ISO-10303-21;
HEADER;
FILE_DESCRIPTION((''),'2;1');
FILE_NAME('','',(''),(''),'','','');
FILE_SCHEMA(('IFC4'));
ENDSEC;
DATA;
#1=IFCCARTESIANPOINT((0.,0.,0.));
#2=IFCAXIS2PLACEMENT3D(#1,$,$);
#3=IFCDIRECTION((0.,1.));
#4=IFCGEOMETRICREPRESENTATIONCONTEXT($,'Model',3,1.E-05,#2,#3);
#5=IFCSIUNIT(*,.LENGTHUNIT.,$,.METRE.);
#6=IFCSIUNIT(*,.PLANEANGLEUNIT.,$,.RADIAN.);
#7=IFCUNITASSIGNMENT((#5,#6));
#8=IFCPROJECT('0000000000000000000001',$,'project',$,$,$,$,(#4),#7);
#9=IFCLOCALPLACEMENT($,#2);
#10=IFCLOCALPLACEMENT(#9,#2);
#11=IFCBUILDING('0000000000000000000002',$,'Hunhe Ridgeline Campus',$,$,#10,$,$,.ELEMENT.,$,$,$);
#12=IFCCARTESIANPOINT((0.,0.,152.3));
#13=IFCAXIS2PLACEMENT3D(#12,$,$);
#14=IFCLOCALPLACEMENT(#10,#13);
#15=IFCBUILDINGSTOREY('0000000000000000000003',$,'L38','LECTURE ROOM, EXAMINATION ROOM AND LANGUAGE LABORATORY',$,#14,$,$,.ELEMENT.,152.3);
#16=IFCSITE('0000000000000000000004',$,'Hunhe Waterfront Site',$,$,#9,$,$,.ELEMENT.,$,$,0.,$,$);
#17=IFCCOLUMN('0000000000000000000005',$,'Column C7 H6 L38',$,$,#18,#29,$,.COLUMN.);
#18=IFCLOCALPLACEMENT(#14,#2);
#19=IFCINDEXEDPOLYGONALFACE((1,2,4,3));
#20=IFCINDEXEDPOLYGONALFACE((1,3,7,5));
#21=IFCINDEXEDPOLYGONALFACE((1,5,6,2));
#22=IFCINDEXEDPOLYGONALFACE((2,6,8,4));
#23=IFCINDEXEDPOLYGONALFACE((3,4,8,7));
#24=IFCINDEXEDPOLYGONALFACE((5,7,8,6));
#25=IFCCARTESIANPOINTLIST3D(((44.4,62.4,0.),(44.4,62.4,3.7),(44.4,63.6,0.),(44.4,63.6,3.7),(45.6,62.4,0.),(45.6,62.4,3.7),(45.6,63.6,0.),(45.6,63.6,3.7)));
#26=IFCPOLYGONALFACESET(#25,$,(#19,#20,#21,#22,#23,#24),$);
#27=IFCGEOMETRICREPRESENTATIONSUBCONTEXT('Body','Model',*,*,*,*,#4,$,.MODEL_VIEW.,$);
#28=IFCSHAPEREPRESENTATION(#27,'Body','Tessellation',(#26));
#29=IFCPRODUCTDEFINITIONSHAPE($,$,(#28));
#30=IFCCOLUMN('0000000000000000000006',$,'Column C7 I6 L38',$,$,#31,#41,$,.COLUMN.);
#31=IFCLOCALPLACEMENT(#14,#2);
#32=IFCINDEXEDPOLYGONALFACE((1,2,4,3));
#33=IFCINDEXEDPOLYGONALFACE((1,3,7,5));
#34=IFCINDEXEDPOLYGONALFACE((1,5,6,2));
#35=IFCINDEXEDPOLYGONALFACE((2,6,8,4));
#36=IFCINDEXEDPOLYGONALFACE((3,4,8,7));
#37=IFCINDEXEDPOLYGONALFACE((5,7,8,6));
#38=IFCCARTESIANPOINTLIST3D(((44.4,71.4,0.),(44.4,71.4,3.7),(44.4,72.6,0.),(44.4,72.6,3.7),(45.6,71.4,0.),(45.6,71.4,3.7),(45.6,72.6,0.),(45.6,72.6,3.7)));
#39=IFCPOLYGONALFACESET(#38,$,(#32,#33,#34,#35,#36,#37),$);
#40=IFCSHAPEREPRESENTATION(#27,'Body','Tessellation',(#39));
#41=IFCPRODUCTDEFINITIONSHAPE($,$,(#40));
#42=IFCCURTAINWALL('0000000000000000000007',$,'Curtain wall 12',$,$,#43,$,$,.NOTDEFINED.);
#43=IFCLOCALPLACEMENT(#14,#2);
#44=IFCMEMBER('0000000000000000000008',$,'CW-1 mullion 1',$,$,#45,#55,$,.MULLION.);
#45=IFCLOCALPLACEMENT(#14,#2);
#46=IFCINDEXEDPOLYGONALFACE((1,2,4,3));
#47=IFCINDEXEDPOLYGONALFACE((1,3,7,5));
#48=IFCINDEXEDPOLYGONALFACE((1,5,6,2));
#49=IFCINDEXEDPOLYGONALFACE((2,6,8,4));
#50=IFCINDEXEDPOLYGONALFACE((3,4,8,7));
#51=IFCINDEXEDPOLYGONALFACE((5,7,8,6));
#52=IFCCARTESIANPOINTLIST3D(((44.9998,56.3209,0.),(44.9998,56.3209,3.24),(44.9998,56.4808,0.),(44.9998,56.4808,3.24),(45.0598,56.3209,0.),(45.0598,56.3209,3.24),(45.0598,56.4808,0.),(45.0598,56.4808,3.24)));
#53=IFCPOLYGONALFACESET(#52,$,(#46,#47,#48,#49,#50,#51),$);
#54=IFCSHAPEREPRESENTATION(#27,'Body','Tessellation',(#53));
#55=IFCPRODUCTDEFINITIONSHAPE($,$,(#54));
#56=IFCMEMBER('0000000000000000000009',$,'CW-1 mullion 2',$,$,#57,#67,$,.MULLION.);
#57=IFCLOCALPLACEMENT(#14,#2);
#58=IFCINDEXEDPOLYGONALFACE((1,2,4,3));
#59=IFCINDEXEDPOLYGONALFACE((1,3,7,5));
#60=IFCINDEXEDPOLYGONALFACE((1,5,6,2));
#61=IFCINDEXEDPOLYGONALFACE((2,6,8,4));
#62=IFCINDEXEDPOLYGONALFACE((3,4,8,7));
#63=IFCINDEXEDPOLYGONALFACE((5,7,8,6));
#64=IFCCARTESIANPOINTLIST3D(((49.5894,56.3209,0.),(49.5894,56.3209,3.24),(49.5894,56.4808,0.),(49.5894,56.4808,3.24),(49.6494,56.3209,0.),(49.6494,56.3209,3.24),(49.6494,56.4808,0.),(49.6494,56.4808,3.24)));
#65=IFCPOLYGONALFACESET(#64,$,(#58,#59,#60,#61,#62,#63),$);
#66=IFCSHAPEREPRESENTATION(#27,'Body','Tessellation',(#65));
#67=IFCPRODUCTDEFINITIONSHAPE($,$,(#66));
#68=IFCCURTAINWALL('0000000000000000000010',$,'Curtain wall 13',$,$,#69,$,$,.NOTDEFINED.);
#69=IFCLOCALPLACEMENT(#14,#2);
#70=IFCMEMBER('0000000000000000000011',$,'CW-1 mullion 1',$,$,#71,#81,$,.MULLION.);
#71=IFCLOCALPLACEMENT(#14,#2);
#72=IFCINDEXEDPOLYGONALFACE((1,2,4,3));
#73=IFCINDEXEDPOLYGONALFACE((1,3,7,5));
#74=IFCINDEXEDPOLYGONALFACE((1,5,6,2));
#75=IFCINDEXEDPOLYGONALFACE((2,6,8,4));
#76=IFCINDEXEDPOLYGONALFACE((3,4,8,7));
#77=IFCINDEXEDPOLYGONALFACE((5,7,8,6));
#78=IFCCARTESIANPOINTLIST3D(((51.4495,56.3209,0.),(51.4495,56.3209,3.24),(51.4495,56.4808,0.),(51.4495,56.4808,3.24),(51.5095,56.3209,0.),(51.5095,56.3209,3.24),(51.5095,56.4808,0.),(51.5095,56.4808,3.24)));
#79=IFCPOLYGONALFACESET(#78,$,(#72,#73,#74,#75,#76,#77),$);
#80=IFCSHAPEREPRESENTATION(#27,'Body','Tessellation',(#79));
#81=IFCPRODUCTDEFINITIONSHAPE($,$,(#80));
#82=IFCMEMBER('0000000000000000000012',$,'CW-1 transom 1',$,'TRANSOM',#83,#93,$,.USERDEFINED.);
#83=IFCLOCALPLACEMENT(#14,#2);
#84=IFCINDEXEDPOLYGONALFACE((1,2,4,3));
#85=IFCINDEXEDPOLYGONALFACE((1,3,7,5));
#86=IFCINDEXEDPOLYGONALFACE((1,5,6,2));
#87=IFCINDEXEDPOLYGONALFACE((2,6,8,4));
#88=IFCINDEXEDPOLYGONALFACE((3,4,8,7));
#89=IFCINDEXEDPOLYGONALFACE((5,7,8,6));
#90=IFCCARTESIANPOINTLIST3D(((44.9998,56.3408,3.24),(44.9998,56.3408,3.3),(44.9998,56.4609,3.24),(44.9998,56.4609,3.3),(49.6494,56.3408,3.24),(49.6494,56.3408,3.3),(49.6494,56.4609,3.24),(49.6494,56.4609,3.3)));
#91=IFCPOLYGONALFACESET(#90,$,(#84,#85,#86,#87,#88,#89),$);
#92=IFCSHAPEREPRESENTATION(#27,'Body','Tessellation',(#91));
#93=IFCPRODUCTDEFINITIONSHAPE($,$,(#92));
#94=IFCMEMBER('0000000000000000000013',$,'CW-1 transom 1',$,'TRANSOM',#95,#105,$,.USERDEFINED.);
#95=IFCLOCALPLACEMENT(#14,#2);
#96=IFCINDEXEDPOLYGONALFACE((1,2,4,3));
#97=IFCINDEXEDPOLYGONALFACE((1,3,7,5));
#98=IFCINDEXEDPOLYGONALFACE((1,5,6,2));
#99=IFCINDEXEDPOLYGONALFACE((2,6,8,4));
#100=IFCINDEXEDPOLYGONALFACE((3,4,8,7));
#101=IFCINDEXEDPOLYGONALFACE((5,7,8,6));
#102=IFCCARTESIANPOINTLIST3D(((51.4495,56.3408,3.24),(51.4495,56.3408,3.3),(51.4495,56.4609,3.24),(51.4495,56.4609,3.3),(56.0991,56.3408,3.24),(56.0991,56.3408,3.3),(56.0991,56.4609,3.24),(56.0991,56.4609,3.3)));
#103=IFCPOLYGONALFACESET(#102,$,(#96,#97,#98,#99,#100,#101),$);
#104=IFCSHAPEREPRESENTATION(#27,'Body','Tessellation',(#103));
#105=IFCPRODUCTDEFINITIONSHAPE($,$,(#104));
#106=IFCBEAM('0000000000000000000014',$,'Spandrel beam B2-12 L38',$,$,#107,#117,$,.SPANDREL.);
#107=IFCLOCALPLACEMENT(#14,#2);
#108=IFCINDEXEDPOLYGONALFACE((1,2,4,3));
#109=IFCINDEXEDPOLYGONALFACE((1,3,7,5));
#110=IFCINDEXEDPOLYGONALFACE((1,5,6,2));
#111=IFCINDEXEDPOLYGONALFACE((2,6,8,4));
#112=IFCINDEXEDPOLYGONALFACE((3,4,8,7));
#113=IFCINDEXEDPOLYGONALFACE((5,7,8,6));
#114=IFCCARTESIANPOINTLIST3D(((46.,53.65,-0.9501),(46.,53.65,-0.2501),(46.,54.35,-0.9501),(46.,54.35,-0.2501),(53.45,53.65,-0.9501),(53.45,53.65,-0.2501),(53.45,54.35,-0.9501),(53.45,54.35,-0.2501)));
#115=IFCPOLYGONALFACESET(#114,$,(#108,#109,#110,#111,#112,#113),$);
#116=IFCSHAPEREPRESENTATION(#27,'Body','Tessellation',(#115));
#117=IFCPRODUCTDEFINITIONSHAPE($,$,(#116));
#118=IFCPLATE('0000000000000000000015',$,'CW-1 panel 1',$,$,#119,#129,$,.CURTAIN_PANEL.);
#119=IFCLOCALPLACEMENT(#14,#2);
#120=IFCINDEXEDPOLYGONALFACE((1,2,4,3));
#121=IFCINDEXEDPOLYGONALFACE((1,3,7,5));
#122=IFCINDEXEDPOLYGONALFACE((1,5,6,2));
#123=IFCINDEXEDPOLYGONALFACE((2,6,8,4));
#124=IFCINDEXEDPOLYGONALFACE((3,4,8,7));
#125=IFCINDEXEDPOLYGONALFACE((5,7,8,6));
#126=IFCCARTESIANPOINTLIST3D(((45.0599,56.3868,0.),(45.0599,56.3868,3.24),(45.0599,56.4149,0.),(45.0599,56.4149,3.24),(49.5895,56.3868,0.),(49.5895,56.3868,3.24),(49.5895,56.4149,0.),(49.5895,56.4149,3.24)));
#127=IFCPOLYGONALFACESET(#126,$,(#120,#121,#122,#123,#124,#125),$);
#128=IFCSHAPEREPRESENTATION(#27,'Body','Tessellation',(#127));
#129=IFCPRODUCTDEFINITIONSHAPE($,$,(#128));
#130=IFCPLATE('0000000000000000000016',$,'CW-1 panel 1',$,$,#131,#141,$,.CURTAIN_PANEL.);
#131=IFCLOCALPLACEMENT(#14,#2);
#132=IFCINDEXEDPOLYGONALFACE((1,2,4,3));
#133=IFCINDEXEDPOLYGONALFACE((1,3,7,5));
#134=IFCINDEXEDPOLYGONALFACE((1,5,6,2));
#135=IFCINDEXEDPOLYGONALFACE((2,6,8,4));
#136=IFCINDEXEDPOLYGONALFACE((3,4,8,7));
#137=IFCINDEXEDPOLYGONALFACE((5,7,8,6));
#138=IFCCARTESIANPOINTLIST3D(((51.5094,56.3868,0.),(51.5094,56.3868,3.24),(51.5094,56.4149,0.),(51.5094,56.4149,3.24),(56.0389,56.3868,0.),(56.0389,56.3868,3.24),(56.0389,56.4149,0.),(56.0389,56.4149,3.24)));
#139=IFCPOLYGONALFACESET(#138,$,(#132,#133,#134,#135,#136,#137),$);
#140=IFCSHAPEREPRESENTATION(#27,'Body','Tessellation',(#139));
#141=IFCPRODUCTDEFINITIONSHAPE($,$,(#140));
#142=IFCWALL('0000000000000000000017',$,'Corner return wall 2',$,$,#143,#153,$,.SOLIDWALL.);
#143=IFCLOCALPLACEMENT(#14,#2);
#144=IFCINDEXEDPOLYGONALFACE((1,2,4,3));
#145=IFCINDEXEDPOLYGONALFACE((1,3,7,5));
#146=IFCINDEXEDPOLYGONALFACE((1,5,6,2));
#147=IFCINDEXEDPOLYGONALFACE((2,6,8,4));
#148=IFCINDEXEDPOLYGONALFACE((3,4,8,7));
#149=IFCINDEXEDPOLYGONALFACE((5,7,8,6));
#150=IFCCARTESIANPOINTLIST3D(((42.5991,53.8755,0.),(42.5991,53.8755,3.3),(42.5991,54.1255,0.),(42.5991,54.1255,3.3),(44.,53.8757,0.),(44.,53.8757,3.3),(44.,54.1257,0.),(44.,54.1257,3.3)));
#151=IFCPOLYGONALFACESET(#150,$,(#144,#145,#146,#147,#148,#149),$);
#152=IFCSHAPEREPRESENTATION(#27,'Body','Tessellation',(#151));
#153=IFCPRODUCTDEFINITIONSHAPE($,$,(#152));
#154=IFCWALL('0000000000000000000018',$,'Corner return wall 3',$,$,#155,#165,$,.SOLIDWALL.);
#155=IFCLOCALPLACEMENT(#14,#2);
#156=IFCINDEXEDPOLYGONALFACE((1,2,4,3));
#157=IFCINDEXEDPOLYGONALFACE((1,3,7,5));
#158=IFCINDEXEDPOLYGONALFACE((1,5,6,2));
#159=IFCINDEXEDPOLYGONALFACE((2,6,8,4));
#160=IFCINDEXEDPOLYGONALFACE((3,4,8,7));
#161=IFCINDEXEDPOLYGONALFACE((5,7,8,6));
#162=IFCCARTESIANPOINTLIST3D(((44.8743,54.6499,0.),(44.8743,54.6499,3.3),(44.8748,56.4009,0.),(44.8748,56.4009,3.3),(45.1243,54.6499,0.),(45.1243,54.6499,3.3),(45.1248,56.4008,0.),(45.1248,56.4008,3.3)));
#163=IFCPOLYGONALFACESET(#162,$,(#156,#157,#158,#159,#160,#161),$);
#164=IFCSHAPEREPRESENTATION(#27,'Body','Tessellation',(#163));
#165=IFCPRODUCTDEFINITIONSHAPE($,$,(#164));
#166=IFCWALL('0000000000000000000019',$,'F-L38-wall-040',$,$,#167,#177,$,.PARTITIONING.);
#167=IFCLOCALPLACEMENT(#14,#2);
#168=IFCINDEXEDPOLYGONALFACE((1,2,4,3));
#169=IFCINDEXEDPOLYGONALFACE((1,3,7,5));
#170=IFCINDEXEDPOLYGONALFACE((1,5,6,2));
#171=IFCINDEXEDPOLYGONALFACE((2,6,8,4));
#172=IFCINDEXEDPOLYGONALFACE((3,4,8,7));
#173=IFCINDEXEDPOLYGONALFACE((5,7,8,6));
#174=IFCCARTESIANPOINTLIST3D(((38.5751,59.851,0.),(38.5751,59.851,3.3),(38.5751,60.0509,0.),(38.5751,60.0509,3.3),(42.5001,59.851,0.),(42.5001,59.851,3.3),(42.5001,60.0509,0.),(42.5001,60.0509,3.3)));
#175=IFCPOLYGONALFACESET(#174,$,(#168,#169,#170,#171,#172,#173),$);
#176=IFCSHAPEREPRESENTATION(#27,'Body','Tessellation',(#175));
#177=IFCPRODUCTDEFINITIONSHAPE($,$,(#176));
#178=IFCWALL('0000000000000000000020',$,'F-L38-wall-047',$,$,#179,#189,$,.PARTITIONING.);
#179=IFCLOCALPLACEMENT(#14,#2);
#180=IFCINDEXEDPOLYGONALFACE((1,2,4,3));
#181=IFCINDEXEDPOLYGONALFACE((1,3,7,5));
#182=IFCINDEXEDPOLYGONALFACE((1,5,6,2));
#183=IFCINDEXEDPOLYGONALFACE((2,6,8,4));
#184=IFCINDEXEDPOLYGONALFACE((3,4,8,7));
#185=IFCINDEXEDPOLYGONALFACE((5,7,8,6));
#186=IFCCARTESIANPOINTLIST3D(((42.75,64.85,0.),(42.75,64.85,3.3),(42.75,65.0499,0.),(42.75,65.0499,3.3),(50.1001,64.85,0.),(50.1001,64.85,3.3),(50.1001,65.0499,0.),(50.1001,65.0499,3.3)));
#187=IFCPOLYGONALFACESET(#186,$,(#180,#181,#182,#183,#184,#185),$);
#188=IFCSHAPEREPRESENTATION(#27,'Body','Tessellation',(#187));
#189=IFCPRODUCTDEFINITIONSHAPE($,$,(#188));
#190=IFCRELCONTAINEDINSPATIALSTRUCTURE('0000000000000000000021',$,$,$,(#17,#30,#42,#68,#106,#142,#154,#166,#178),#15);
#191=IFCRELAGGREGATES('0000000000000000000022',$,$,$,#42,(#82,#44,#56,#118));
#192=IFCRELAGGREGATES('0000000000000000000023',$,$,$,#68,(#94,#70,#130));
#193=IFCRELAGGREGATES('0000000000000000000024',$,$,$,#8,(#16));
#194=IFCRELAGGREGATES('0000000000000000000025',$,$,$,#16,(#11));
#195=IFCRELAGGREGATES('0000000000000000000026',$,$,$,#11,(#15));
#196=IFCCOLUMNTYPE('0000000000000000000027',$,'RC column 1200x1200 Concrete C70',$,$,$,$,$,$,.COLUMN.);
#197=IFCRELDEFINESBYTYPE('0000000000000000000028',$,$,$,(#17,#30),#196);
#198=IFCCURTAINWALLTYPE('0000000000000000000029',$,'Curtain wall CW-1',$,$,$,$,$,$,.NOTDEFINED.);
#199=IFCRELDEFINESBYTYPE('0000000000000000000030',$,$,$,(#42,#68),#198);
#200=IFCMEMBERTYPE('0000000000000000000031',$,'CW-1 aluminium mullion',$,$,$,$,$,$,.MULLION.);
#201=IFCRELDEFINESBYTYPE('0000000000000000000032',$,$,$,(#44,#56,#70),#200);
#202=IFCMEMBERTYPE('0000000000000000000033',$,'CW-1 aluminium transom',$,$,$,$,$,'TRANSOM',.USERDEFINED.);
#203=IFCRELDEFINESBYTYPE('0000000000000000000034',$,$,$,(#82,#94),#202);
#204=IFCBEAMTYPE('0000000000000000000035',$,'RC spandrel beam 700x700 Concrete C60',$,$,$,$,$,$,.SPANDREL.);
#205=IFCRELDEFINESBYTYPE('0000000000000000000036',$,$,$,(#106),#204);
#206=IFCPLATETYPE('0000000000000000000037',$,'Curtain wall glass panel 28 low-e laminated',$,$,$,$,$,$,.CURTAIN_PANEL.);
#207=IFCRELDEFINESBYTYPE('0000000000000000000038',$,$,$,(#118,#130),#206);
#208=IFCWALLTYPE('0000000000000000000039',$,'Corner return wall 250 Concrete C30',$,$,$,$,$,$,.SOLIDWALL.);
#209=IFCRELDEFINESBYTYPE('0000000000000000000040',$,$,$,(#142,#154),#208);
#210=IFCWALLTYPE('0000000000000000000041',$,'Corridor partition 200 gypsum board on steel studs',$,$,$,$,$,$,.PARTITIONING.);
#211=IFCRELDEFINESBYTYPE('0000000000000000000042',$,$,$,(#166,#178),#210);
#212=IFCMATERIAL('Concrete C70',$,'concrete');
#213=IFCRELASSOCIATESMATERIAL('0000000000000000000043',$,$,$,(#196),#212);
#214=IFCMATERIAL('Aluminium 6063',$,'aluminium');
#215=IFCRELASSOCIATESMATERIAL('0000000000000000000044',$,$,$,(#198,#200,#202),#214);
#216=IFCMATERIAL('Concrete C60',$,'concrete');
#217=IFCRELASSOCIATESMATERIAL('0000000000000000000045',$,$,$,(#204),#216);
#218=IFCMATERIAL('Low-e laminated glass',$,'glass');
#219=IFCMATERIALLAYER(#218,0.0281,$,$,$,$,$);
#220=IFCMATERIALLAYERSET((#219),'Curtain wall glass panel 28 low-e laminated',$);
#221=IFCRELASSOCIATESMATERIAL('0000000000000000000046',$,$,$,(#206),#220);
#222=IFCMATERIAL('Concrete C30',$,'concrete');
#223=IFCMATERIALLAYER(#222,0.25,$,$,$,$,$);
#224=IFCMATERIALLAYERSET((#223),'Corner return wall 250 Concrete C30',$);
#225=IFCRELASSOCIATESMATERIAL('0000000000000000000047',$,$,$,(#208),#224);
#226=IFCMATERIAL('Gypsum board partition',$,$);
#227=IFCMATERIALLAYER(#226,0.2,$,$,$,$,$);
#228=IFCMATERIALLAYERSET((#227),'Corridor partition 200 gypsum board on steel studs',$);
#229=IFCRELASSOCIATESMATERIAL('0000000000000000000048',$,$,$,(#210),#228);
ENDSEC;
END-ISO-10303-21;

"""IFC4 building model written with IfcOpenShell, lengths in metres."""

from ifc_helpers import new_model, si_unit, direction, frame, frame_2d, origin, origin_2d, place, context, subcontext, project, spatial, rectangle, extrude, material, layer, layer_set, material_profile, profile_set, type_object, element, aggregate, save


model = new_model("IFC4")

# Units and contexts
model_context = context("Model", 3, precision=1e-05, world=origin(), true_north=direction((0.0, 1.0)))
body_context = subcontext(model_context, "Body", "Model", "MODEL_VIEW")
ifc_project = project(units=[si_unit("LENGTHUNIT", "METRE"), si_unit("PLANEANGLEUNIT", "RADIAN")], contexts=[model_context])

# Site, building, storey
site_placement = place(None, origin())
site = spatial("IfcSite", under=ifc_project, at=site_placement, Name="Hunhe Waterfront Site", CompositionType="ELEMENT", RefElevation=0.0)
building_placement = place(site_placement, origin())
building = spatial("IfcBuilding", under=site, at=building_placement, Name="Hunhe Ridgeline Campus", CompositionType="ELEMENT")
storey_placement = place(building_placement, frame((0.0, 0.0, 152.3)))
storey = spatial("IfcBuildingStorey", under=building, at=storey_placement, Name="L38", Description="LECTURE ROOM, EXAMINATION ROOM AND LANGUAGE LABORATORY", CompositionType="ELEMENT", Elevation=152.3)

# Columns
ifc_material_1 = material(Name="Concrete C70", Category="concrete")
ifc_material_profile_1 = material_profile(ifc_material_1, rectangle(XDim=1.2, YDim=1.2, at=origin_2d()))
ifc_profile_set_1 = profile_set([ifc_material_profile_1], Name="Concrete C70")
column_type = type_object("IfcColumnType", Name="RC column 1200x1200 Concrete C70", PredefinedType="COLUMN", material=ifc_profile_set_1)
for number, where, z_axis, x_axis, name in (
    (1, (45.0, 63.0, 0.0), (0.0, 0.0, 1.0), (1.0, 0.0, 0.0), "Column C7 H6 L38"),
    (2, (45.0, 72.0, 0.0), (0.0, 0.0, 1.0), (1.0, 0.0, 0.0), "Column C7 I6 L38"),
):
    element("IfcColumn", number, at=place(storey_placement, frame(where, z_axis=z_axis, x_axis=x_axis)), inside=storey, type_object=column_type, Name=name, PredefinedType="COLUMN", context=body_context, shape_type="SweptSolid", body=[
        extrude(rectangle(XDim=1.2, YDim=1.2, at=origin_2d()), origin(), (0.0, 0.0, 1.0), 3.7),
    ])

# Curtain wall, members
ifc_material_2 = material(Name="Aluminium 6063", Category="aluminium")
curtain_wall_type = type_object("IfcCurtainWallType", Name="Curtain wall CW-1", PredefinedType="NOTDEFINED", material=ifc_material_2)
curtain_wall_1_placement = place(storey_placement, origin())
curtain_wall_1 = element("IfcCurtainWall", 3, at=curtain_wall_1_placement, inside=storey, type_object=curtain_wall_type, Name="Curtain wall 12", PredefinedType="NOTDEFINED")
ifc_material_profile_2 = material_profile(ifc_material_2, rectangle(XDim=0.1599, YDim=0.0601, at=origin_2d()))
ifc_profile_set_2 = profile_set([ifc_material_profile_2], Name="Aluminium 6063")
member_type_1 = type_object("IfcMemberType", Name="CW-1 aluminium mullion", PredefinedType="MULLION", material=ifc_profile_set_2)
member_1_placement = place(storey_placement, frame((45.0298, 56.4009, 0.0), z_axis=(0.0, 0.0, 1.0), x_axis=(-0.000002, 1.0, 0.0)))
member_1 = element("IfcMember", 4, at=member_1_placement, type_object=member_type_1, Name="CW-1 mullion 1", PredefinedType="MULLION", context=body_context, shape_type="SweptSolid", body=[
    extrude(rectangle(XDim=0.1599, YDim=0.0601, at=origin_2d()), origin(), (0.0, 0.0, 1.0), 3.24),
])
member_2_placement = place(storey_placement, frame((49.6194, 56.4009, 0.0), z_axis=(0.0, 0.0, 1.0), x_axis=(-0.000002, 1.0, 0.0)))
member_2 = element("IfcMember", 5, at=member_2_placement, type_object=member_type_1, Name="CW-1 mullion 2", PredefinedType="MULLION", context=body_context, shape_type="SweptSolid", body=[
    extrude(rectangle(XDim=0.1599, YDim=0.0601, at=origin_2d()), origin(), (0.0, 0.0, 1.0), 3.24),
])

# Curtain wall, member
curtain_wall_2_placement = place(storey_placement, origin())
curtain_wall_2 = element("IfcCurtainWall", 6, at=curtain_wall_2_placement, inside=storey, type_object=curtain_wall_type, Name="Curtain wall 13", PredefinedType="NOTDEFINED")
member_3_placement = place(storey_placement, frame((51.4795, 56.4009, 0.0), z_axis=(0.0, 0.0, 1.0), x_axis=(-0.000002, 1.0, 0.0)))
member_3 = element("IfcMember", 7, at=member_3_placement, type_object=member_type_1, Name="CW-1 mullion 1", PredefinedType="MULLION", context=body_context, shape_type="SweptSolid", body=[
    extrude(rectangle(XDim=0.1599, YDim=0.0601, at=origin_2d()), origin(), (0.0, 0.0, 1.0), 3.24),
])

# Members
ifc_material_profile_3 = material_profile(ifc_material_2, rectangle(XDim=0.1201, YDim=0.0601, at=origin_2d()))
ifc_profile_set_3 = profile_set([ifc_material_profile_3], Name="Aluminium 6063")
member_type_2 = type_object("IfcMemberType", Name="CW-1 aluminium transom", ElementType="TRANSOM", PredefinedType="USERDEFINED", material=ifc_profile_set_3)
member_4_placement = place(storey_placement, frame((44.9998, 56.4009, 3.27), z_axis=(1.0, 0.0, 0.0), x_axis=(0.0, 1.0, 0.0)))
member_4 = element("IfcMember", 8, at=member_4_placement, type_object=member_type_2, Name="CW-1 transom 1", ObjectType="TRANSOM", PredefinedType="USERDEFINED", context=body_context, shape_type="SweptSolid", body=[
    extrude(rectangle(XDim=0.1201, YDim=0.0601, at=origin_2d()), origin(), (0.0, 0.0, 1.0), 4.6497),
])
member_5_placement = place(storey_placement, frame((51.4495, 56.4009, 3.27), z_axis=(1.0, 0.0, 0.0), x_axis=(0.0, 1.0, 0.0)))
member_5 = element("IfcMember", 9, at=member_5_placement, type_object=member_type_2, Name="CW-1 transom 1", ObjectType="TRANSOM", PredefinedType="USERDEFINED", context=body_context, shape_type="SweptSolid", body=[
    extrude(rectangle(XDim=0.1201, YDim=0.0601, at=origin_2d()), origin(), (0.0, 0.0, 1.0), 4.6497),
])

# Beam
ifc_material_3 = material(Name="Concrete C60", Category="concrete")
ifc_material_profile_4 = material_profile(ifc_material_3, rectangle(XDim=0.7, YDim=0.7, at=origin_2d()))
ifc_profile_set_4 = profile_set([ifc_material_profile_4], Name="Concrete C60")
beam_type = type_object("IfcBeamType", Name="RC spandrel beam 700x700 Concrete C60", PredefinedType="SPANDREL", material=ifc_profile_set_4)
beam_placement = place(storey_placement, frame((46.0, 54.0, -0.6001), z_axis=(1.0, 0.0, 0.0), x_axis=(0.0, 1.0, 0.0)))
element("IfcBeam", 10, at=beam_placement, inside=storey, type_object=beam_type, Name="Spandrel beam B2-12 L38", PredefinedType="SPANDREL", context=body_context, shape_type="SweptSolid", body=[
    extrude(rectangle(XDim=0.7, YDim=0.7, at=origin_2d()), origin(), (0.0, 0.0, 1.0), 7.45),
])

# Plates
ifc_material_4 = material(Name="Low-e laminated glass", Category="glass")
ifc_layer_1 = layer(ifc_material_4, 0.0281)
ifc_layer_set_1 = layer_set([ifc_layer_1], Name="Curtain wall glass panel 28 low-e laminated")
plate_type = type_object("IfcPlateType", Name="Curtain wall glass panel 28 low-e laminated", PredefinedType="CURTAIN_PANEL", material=ifc_layer_set_1)
plate_1_placement = place(storey_placement, frame((47.3247, 56.4009, 0.0), z_axis=(0.0, 0.0, 1.0), x_axis=(1.0, 0.000002, 0.0)))
plate_1 = element("IfcPlate", 11, at=plate_1_placement, type_object=plate_type, Name="CW-1 panel 1", PredefinedType="CURTAIN_PANEL", context=body_context, shape_type="SweptSolid", body=[
    extrude(rectangle(XDim=4.5295, YDim=0.0281, at=origin_2d()), origin(), (0.0, 0.0, 1.0), 3.24),
])
aggregate(curtain_wall_1, [member_4, member_1, member_2, plate_1])
plate_2_placement = place(storey_placement, frame((53.7742, 56.4009, 0.0), z_axis=(0.0, 0.0, 1.0), x_axis=(1.0, 0.000002, 0.0)))
plate_2 = element("IfcPlate", 12, at=plate_2_placement, type_object=plate_type, Name="CW-1 panel 1", PredefinedType="CURTAIN_PANEL", context=body_context, shape_type="SweptSolid", body=[
    extrude(rectangle(XDim=4.5295, YDim=0.0281, at=origin_2d()), origin(), (0.0, 0.0, 1.0), 3.24),
])
aggregate(curtain_wall_2, [member_5, member_3, plate_2])

# Walls
ifc_material_5 = material(Name="Concrete C30", Category="concrete")
ifc_layer_2 = layer(ifc_material_5, 0.25)
ifc_layer_set_2 = layer_set([ifc_layer_2], Name="Corner return wall 250 Concrete C30")
wall_type_1 = type_object("IfcWallType", Name="Corner return wall 250 Concrete C30", PredefinedType="SOLIDWALL", material=ifc_layer_set_2)
wall_1_placement = place(storey_placement, frame((42.5991, 54.0005, 0.0), z_axis=(0.0, 0.0, 1.0), x_axis=(1.0, 0.000174, 0.0)))
element("IfcWall", 13, at=wall_1_placement, inside=storey, type_object=wall_type_1, Name="Corner return wall 2", PredefinedType="SOLIDWALL", context=body_context, shape_type="SweptSolid", body=[
    extrude(rectangle(XDim=1.4009, YDim=0.25, at=frame_2d((0.7004, 0.0))), origin(), (0.0, 0.0, 1.0), 3.3),
])
wall_2_placement = place(storey_placement, frame((44.9993, 54.6499, 0.0), z_axis=(0.0, 0.0, 1.0), x_axis=(0.000279, 1.0, 0.0)))
element("IfcWall", 14, at=wall_2_placement, inside=storey, type_object=wall_type_1, Name="Corner return wall 3", PredefinedType="SOLIDWALL", context=body_context, shape_type="SweptSolid", body=[
    extrude(rectangle(XDim=1.751, YDim=0.25, at=frame_2d((0.8755, 0.0))), origin(), (0.0, 0.0, 1.0), 3.3),
])
ifc_material_6 = material(Name="Gypsum board partition")
ifc_layer_3 = layer(ifc_material_6, 0.2)
ifc_layer_set_3 = layer_set([ifc_layer_3], Name="Corridor partition 200 gypsum board on steel studs")
wall_type_2 = type_object("IfcWallType", Name="Corridor partition 200 gypsum board on steel studs", PredefinedType="PARTITIONING", material=ifc_layer_set_3)
wall_3_placement = place(storey_placement, frame((42.5, 59.9509, 0.0), z_axis=(0.0, 0.0, 1.0), x_axis=(-1.0, 0.0, 0.0)))
element("IfcWall", 15, at=wall_3_placement, inside=storey, type_object=wall_type_2, Name="F-L38-wall-040", PredefinedType="PARTITIONING", context=body_context, shape_type="SweptSolid", body=[
    extrude(rectangle(XDim=3.925, YDim=0.2, at=frame_2d((1.9624, 0.0))), origin(), (0.0, 0.0, 1.0), 3.3),
])

# Wall
wall_4_placement = place(storey_placement, frame((42.75, 64.95, 0.0), z_axis=(0.0, 0.0, 1.0), x_axis=(1.0, 0.0, 0.0)))
element("IfcWall", 16, at=wall_4_placement, inside=storey, type_object=wall_type_2, Name="F-L38-wall-047", PredefinedType="PARTITIONING", context=body_context, shape_type="SweptSolid", body=[
    extrude(rectangle(XDim=7.3501, YDim=0.2, at=frame_2d((3.675, 0.0))), origin(), (0.0, 0.0, 1.0), 3.3),
])

save(model, "model.ifc")
